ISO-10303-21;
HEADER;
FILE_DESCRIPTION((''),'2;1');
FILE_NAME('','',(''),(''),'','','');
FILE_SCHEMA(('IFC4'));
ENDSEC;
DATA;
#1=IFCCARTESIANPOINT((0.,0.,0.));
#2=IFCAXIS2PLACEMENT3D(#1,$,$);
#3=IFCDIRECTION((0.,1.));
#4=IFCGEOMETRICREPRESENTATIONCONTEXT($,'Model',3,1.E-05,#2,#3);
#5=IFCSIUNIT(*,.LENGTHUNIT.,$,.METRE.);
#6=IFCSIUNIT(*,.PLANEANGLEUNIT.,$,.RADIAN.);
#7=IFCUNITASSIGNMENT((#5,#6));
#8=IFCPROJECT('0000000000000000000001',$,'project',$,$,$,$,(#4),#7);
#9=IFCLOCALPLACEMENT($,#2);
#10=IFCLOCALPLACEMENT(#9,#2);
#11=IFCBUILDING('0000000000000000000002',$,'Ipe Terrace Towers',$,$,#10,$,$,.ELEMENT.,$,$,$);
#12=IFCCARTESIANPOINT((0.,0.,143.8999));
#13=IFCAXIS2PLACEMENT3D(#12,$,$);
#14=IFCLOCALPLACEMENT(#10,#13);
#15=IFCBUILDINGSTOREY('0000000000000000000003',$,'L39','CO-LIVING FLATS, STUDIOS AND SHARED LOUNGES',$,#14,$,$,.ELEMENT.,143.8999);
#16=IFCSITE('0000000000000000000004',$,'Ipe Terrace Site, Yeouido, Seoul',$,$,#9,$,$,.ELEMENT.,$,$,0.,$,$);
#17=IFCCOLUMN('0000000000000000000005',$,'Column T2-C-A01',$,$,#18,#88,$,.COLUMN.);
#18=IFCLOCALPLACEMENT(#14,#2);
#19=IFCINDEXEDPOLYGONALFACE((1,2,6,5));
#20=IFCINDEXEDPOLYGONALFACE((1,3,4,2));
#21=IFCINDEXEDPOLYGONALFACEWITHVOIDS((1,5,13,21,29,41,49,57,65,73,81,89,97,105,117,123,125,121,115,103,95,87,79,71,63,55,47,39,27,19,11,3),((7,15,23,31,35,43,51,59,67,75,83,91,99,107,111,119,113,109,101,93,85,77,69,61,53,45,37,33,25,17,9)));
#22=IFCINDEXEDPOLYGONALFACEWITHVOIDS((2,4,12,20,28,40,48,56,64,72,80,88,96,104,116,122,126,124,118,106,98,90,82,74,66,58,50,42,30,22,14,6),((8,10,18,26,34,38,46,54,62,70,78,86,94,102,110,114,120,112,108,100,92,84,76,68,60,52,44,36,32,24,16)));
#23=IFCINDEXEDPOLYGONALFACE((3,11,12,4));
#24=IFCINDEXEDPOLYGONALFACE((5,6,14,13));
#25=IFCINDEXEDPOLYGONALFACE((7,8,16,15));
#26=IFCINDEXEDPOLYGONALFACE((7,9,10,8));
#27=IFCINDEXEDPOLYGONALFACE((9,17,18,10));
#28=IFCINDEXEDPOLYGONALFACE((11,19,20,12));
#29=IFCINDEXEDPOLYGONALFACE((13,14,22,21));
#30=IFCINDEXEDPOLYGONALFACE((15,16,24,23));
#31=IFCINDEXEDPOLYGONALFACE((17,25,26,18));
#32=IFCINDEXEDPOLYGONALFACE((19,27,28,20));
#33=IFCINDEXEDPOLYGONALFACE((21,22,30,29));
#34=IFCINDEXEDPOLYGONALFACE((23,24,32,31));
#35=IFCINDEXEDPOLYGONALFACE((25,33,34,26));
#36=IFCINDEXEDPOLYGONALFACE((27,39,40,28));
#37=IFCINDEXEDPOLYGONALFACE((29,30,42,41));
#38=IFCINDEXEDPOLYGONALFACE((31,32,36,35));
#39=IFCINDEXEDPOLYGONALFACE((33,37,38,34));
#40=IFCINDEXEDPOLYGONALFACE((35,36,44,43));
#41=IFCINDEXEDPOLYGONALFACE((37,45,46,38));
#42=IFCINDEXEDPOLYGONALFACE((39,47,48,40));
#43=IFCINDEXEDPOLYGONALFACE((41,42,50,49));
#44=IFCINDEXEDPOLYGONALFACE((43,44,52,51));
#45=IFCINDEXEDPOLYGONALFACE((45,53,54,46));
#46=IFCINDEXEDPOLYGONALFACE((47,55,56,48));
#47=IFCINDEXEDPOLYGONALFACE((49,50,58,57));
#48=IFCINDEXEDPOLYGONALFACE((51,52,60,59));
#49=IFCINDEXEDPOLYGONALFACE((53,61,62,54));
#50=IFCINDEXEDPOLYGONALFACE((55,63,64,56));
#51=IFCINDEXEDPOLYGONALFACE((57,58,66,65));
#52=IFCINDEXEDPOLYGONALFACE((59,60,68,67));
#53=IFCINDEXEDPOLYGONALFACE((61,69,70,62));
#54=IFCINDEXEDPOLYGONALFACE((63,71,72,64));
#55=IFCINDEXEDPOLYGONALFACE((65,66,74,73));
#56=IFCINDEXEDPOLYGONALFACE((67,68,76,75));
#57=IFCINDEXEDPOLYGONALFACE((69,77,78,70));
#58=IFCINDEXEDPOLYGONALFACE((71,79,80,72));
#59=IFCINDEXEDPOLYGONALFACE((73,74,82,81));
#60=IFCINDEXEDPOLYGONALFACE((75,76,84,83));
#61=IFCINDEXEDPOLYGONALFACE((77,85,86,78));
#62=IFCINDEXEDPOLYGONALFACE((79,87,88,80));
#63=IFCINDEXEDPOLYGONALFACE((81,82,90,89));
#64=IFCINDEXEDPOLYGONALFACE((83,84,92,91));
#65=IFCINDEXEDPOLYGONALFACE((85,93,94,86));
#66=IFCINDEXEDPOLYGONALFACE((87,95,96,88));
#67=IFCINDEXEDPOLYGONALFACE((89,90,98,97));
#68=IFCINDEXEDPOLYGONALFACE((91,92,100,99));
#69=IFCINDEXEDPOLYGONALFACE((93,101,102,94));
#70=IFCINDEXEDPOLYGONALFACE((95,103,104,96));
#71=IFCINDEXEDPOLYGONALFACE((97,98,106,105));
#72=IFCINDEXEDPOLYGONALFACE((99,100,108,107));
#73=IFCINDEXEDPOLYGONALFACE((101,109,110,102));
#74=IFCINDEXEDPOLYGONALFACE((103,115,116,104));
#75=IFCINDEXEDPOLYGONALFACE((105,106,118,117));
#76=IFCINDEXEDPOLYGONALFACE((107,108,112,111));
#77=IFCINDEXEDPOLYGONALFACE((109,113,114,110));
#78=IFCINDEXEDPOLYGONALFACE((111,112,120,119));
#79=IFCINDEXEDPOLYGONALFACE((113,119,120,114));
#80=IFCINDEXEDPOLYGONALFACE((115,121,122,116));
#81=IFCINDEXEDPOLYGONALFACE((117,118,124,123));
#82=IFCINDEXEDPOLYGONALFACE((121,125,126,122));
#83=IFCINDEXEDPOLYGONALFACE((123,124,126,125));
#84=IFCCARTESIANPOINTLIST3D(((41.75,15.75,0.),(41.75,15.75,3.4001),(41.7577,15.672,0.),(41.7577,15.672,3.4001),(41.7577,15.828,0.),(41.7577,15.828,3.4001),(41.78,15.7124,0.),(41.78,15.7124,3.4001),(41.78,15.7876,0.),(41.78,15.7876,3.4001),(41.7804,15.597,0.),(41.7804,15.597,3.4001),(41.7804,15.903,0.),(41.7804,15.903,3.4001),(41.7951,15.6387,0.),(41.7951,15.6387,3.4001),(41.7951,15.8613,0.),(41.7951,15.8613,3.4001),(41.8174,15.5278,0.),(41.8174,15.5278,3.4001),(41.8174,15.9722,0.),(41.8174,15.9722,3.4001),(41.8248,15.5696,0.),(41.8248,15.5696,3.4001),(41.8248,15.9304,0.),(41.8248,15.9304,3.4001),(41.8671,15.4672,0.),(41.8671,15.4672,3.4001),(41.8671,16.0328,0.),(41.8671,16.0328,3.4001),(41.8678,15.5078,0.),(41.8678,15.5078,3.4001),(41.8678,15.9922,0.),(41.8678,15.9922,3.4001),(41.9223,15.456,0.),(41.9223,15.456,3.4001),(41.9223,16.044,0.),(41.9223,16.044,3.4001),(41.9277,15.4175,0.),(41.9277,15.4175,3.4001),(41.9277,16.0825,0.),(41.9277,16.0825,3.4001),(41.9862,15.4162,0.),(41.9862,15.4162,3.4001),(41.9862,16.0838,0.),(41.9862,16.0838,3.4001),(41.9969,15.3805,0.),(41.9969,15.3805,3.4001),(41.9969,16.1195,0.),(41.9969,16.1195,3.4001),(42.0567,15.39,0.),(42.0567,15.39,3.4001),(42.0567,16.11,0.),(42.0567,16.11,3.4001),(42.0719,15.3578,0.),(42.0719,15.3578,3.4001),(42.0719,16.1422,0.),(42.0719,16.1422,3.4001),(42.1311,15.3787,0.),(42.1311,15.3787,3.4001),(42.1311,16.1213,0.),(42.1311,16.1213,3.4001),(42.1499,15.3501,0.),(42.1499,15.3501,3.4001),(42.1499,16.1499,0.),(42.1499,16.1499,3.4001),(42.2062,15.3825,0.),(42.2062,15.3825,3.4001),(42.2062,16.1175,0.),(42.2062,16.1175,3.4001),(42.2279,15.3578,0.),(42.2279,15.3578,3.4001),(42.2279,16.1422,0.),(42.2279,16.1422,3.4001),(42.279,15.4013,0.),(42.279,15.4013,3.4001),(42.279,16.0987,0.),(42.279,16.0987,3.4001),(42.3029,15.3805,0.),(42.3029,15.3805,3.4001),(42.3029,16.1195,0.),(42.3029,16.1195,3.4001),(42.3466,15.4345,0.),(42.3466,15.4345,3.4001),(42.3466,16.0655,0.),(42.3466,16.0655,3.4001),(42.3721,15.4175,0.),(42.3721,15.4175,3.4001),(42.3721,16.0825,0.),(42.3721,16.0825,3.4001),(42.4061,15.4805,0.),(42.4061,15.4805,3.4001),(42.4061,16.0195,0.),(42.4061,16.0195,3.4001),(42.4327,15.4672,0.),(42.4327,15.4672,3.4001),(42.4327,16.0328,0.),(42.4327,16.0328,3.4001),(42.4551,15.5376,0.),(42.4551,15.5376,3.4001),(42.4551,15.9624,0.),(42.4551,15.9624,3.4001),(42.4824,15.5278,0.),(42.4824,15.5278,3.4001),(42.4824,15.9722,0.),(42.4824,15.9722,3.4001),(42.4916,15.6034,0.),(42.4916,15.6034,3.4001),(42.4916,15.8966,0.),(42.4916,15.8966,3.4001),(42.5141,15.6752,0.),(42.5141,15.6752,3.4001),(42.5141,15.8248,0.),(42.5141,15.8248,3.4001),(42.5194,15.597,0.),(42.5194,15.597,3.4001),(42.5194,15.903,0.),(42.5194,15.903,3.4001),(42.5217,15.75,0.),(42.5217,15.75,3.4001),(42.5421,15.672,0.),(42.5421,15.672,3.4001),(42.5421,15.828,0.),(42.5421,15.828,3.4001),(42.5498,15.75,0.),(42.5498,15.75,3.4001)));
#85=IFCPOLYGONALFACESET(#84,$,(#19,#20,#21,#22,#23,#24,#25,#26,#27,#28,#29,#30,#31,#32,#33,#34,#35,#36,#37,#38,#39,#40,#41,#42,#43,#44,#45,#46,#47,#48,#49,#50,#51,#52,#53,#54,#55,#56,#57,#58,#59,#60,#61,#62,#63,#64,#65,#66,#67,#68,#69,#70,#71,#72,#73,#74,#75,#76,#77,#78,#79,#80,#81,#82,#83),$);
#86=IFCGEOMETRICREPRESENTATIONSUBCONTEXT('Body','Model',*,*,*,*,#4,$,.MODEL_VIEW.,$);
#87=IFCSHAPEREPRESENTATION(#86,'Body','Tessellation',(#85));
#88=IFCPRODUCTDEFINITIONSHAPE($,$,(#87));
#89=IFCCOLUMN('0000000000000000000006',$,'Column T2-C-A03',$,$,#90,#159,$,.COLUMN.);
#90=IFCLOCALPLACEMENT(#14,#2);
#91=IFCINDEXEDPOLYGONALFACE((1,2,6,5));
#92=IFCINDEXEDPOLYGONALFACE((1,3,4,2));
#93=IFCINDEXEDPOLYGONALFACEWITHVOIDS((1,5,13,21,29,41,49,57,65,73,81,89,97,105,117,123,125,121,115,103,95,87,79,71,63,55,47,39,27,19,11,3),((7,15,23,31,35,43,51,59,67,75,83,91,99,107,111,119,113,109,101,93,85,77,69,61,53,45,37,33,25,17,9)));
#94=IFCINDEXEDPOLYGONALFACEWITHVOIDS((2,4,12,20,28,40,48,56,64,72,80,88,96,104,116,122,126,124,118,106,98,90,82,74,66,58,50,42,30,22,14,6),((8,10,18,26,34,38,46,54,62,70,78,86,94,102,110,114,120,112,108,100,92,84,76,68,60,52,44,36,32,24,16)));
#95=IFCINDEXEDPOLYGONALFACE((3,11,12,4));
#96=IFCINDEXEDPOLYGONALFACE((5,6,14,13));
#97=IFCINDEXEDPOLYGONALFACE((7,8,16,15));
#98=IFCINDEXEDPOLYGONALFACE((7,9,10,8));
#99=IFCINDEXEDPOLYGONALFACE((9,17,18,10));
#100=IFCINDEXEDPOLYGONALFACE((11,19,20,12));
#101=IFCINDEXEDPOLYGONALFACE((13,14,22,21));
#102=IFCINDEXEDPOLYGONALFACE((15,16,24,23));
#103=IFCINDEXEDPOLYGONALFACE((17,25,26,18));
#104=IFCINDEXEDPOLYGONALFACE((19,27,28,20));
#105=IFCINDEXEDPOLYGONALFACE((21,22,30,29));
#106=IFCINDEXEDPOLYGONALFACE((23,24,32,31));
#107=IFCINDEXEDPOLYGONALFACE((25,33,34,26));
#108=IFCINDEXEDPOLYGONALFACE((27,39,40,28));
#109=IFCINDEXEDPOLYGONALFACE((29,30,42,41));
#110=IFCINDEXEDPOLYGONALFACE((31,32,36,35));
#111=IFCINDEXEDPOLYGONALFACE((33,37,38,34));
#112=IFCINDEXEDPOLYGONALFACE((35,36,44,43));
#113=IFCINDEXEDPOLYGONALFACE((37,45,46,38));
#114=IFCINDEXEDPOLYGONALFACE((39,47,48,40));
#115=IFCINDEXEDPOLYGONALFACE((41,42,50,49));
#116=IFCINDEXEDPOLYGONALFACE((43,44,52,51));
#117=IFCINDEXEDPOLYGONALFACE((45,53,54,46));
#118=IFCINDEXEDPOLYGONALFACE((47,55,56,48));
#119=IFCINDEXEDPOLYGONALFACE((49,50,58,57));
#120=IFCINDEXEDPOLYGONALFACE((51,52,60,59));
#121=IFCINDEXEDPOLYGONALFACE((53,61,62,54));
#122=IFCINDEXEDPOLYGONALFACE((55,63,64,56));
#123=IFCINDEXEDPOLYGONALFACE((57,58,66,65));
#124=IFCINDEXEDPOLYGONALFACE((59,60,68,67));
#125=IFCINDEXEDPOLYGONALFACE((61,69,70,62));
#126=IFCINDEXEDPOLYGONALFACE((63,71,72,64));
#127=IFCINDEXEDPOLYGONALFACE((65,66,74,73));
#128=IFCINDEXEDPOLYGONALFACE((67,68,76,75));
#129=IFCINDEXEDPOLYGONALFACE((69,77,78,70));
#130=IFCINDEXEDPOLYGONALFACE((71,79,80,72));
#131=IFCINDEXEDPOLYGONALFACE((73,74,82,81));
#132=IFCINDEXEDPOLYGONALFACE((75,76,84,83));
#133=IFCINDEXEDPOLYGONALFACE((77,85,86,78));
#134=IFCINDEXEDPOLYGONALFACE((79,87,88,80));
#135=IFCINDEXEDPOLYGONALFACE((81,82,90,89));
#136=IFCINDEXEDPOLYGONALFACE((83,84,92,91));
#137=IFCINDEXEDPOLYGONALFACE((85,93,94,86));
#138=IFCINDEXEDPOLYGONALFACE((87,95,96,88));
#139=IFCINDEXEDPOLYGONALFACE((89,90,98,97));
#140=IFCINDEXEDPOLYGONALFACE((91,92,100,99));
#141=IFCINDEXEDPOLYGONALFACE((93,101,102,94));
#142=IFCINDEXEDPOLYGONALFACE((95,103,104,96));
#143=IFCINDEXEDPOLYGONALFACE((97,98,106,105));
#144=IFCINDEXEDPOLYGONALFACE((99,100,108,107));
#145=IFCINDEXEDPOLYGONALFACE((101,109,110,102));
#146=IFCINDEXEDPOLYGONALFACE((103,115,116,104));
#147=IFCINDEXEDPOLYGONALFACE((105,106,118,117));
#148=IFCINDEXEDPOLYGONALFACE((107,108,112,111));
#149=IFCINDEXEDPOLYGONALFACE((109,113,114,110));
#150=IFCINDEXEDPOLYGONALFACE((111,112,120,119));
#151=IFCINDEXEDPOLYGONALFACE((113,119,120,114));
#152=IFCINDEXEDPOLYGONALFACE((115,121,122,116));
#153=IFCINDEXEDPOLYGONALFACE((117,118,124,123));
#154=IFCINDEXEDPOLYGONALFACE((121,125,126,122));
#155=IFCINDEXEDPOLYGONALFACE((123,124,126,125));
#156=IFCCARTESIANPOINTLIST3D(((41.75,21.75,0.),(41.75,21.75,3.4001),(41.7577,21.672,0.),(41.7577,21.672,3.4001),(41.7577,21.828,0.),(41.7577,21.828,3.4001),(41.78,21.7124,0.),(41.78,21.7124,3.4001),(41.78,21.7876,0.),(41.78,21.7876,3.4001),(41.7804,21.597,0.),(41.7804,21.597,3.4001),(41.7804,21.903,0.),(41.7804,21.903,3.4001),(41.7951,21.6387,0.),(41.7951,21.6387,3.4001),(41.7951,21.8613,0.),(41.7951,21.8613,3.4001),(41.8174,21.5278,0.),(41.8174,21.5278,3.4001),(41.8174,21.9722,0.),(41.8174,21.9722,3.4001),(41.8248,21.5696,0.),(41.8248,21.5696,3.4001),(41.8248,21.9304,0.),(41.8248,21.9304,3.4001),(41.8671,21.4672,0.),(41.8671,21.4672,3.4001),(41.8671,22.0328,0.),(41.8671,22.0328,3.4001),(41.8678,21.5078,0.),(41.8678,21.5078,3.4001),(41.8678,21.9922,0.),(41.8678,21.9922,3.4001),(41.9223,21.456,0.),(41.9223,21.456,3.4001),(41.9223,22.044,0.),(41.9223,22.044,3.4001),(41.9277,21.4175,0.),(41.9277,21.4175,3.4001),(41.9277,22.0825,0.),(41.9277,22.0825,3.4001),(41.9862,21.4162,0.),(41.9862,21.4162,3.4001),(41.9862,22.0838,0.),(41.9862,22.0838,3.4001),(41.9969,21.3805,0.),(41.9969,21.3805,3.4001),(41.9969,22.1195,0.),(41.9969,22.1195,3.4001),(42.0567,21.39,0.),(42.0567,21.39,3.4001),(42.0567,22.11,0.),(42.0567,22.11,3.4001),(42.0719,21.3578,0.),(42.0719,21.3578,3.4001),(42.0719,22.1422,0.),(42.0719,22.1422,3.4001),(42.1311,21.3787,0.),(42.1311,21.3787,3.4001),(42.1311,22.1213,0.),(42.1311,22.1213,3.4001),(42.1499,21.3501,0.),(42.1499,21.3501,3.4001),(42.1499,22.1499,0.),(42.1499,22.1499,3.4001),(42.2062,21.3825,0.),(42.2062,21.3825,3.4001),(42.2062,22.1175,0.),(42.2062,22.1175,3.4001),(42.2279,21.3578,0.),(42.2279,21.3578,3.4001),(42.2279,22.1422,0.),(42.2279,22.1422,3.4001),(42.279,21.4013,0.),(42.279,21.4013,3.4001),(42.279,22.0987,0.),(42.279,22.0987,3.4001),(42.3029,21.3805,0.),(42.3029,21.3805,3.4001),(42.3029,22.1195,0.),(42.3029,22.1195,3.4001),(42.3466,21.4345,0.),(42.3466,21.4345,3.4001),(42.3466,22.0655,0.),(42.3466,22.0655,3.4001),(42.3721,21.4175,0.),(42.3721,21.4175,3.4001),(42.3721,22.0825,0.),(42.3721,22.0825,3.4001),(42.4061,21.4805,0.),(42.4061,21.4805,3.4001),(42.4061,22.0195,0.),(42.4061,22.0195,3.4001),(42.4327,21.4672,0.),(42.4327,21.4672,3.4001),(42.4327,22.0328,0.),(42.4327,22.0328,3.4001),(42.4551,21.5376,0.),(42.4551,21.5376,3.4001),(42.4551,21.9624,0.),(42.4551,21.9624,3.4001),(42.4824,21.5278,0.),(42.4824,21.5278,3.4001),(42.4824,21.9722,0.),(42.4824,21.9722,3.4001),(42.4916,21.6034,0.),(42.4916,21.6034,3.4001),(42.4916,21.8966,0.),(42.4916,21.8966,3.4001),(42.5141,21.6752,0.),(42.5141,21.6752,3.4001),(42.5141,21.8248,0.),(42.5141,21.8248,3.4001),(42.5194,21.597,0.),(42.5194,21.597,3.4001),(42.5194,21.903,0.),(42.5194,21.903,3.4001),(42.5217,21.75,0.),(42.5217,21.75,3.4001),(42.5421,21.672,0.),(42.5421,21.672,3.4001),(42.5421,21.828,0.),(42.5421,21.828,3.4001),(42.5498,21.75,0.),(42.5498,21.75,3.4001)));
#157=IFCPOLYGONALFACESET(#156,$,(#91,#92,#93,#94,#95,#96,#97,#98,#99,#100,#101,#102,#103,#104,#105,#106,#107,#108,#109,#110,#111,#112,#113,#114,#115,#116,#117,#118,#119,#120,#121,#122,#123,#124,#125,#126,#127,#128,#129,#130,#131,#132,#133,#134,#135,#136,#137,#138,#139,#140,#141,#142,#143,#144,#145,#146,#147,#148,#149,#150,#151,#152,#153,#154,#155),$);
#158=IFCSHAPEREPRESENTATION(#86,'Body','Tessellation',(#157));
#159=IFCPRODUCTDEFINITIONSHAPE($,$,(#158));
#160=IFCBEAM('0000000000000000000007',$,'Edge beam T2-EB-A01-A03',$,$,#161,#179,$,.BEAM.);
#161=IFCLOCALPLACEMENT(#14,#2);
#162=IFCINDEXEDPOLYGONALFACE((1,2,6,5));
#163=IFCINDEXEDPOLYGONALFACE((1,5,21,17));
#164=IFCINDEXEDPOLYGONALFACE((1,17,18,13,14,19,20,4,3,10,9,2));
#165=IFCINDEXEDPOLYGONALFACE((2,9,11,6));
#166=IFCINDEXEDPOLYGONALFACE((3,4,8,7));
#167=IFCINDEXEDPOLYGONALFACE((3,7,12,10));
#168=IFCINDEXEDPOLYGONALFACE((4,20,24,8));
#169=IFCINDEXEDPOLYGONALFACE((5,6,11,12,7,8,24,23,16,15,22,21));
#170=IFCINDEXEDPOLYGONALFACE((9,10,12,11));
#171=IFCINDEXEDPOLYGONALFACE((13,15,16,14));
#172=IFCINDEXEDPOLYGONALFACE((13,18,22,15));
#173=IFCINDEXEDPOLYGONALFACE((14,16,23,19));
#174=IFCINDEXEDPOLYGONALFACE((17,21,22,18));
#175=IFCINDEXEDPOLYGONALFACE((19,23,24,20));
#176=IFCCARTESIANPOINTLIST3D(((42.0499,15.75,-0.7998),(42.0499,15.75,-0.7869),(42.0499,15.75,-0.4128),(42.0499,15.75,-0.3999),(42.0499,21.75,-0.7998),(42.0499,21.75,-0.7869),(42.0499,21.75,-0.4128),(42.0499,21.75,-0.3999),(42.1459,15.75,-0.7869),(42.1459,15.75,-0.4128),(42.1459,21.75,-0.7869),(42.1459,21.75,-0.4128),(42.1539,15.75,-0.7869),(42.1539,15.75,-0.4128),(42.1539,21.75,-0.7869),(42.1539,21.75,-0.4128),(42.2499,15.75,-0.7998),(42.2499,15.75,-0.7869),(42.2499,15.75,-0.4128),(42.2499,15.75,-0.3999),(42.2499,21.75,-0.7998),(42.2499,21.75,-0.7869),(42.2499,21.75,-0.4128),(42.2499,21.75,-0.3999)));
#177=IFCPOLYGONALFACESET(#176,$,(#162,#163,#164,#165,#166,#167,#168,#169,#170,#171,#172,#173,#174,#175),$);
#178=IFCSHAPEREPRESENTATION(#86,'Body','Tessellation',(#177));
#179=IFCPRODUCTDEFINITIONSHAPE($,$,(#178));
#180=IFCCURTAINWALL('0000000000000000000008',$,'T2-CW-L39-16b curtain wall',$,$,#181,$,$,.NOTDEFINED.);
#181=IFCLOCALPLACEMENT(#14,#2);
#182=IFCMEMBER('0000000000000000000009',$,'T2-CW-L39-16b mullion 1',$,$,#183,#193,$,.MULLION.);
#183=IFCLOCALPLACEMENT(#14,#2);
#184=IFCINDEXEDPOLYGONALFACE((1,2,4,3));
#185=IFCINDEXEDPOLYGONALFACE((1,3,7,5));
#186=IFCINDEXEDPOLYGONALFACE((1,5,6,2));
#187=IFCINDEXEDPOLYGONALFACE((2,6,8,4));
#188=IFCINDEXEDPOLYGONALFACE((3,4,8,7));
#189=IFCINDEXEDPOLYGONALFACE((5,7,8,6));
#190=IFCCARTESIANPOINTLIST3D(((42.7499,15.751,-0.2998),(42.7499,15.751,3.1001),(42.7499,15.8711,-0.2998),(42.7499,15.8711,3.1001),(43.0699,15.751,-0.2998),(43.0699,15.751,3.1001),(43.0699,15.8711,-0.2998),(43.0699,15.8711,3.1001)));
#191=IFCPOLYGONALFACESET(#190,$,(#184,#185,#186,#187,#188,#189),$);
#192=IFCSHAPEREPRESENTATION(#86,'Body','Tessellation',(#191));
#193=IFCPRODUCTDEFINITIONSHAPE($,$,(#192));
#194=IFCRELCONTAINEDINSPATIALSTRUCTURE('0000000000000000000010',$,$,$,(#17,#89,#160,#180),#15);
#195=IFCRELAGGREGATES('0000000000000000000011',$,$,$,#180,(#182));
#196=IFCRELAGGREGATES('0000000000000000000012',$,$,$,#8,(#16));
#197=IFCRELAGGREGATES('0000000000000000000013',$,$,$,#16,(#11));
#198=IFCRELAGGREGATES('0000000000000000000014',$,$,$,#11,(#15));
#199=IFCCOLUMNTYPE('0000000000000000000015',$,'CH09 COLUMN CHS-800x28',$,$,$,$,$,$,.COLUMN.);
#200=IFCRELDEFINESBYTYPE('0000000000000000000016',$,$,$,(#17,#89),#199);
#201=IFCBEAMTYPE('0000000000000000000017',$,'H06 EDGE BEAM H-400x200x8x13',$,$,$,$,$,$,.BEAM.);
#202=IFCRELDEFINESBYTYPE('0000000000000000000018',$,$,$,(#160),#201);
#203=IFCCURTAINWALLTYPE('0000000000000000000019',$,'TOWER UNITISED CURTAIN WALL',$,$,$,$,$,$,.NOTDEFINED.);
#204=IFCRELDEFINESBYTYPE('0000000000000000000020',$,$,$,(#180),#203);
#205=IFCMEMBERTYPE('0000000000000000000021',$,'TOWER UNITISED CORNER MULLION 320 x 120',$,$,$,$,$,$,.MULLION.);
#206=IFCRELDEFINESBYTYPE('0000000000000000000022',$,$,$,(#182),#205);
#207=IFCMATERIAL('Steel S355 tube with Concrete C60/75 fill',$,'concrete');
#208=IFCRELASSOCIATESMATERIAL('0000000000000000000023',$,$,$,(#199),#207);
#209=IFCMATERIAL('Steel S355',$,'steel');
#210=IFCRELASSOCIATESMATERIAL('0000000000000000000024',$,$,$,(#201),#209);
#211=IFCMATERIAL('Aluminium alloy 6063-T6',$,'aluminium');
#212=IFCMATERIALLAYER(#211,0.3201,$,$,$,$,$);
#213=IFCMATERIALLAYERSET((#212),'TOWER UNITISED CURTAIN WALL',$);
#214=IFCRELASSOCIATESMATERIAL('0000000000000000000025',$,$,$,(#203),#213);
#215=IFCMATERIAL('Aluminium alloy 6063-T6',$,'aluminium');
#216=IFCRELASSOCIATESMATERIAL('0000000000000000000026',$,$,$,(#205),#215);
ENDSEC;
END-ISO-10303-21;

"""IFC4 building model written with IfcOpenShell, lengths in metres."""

from ifc_helpers import new_model, si_unit, direction, frame, origin, origin_2d, place, context, subcontext, project, spatial, rectangle, hollow_circle, i_section, extrude, material, layer, layer_set, material_profile, profile_set, type_object, element, aggregate, save


model = new_model("IFC4")

# Units and contexts
model_context = context("Model", 3, precision=1e-05, world=origin(), true_north=direction((0.0, 1.0)))
body_context = subcontext(model_context, "Body", "Model", "MODEL_VIEW")
ifc_project = project(units=[si_unit("LENGTHUNIT", "METRE"), si_unit("PLANEANGLEUNIT", "RADIAN")], contexts=[model_context])

# Site, building, storey
site_placement = place(None, origin())
site = spatial("IfcSite", under=ifc_project, at=site_placement, Name="Ipe Terrace Site, Yeouido, Seoul", CompositionType="ELEMENT", RefElevation=0.0)
building_placement = place(site_placement, origin())
building = spatial("IfcBuilding", under=site, at=building_placement, Name="Ipe Terrace Towers", CompositionType="ELEMENT")
storey_placement = place(building_placement, frame((0.0, 0.0, 143.8999)))
storey = spatial("IfcBuildingStorey", under=building, at=storey_placement, Name="L39", Description="CO-LIVING FLATS, STUDIOS AND SHARED LOUNGES", CompositionType="ELEMENT", Elevation=143.8999)

# Columns
ifc_material_1 = material(Name="Steel S355 tube with Concrete C60/75 fill", Category="concrete")
ifc_material_profile_1 = material_profile(ifc_material_1, hollow_circle(Radius=0.3999, WallThickness=0.0281, at=origin_2d()), Name="CHS-800x28")
ifc_profile_set_1 = profile_set([ifc_material_profile_1], Name="Steel S355 tube with Concrete C60/75 fill")
column_type = type_object("IfcColumnType", Name="CH09 COLUMN CHS-800x28", PredefinedType="COLUMN", material=ifc_profile_set_1)
for number, where, z_axis, x_axis, name in (
    (1, (42.1499, 15.75, 0.0), (0.0, 0.0, 1.0), (1.0, 0.0, 0.0), "Column T2-C-A01"),
    (2, (42.1499, 21.75, 0.0), (0.0, 0.0, 1.0), (1.0, 0.0, 0.0), "Column T2-C-A03"),
):
    element("IfcColumn", number, at=place(storey_placement, frame(where, z_axis=z_axis, x_axis=x_axis)), inside=storey, type_object=column_type, Name=name, PredefinedType="COLUMN", context=body_context, shape_type="SweptSolid", body=[
        extrude(hollow_circle(Radius=0.3999, WallThickness=0.0281, at=origin_2d()), origin(), (0.0, 0.0, 1.0), 3.4001),
    ])

# Beam
ifc_material_2 = material(Name="Steel S355", Category="steel")
ifc_material_profile_2 = material_profile(ifc_material_2, i_section(OverallWidth=0.2, OverallDepth=0.3999, WebThickness=0.0081, FlangeThickness=0.0129, at=origin_2d()), Name="H-400x200x8x13")
ifc_profile_set_2 = profile_set([ifc_material_profile_2], Name="Steel S355")
beam_type = type_object("IfcBeamType", Name="H06 EDGE BEAM H-400x200x8x13", PredefinedType="BEAM", material=ifc_profile_set_2)
beam_placement = place(storey_placement, frame((42.1499, 15.75, -0.5999), z_axis=(0.0, 1.0, 0.0), x_axis=(-1.0, 0.0, 0.0)))
element("IfcBeam", 3, at=beam_placement, inside=storey, type_object=beam_type, Name="Edge beam T2-EB-A01-A03", PredefinedType="BEAM", context=body_context, shape_type="SweptSolid", body=[
    extrude(i_section(OverallWidth=0.2, OverallDepth=0.3999, WebThickness=0.0081, FlangeThickness=0.0129, at=origin_2d()), origin(), (0.0, 0.0, 1.0), 6.0),
])

# Curtain wall, member
ifc_material_3 = material(Name="Aluminium alloy 6063-T6", Category="aluminium")
ifc_layer_1 = layer(ifc_material_3, 0.3201)
ifc_layer_set_1 = layer_set([ifc_layer_1], Name="TOWER UNITISED CURTAIN WALL")
curtain_wall_type = type_object("IfcCurtainWallType", Name="TOWER UNITISED CURTAIN WALL", PredefinedType="NOTDEFINED", material=ifc_layer_set_1)
curtain_wall_placement = place(storey_placement, origin())
curtain_wall = element("IfcCurtainWall", 4, at=curtain_wall_placement, inside=storey, type_object=curtain_wall_type, Name="T2-CW-L39-16b curtain wall", PredefinedType="NOTDEFINED")
ifc_material_4 = material(Name="Aluminium alloy 6063-T6", Category="aluminium")
ifc_material_profile_3 = material_profile(ifc_material_4, rectangle(XDim=0.3201, YDim=0.1201, at=origin_2d()), Name="TOWER UNITISED CORNER MULLION 320 x 120")
ifc_profile_set_3 = profile_set([ifc_material_profile_3], Name="Aluminium alloy 6063-T6")
member_type = type_object("IfcMemberType", Name="TOWER UNITISED CORNER MULLION 320 x 120", PredefinedType="MULLION", material=ifc_profile_set_3)
member_1_placement = place(storey_placement, frame((42.9099, 15.811, -0.2998), z_axis=(0.0, 0.0, 1.0), x_axis=(1.0, 0.0, 0.0)))
member_1 = element("IfcMember", 5, at=member_1_placement, type_object=member_type, Name="T2-CW-L39-16b mullion 1", PredefinedType="MULLION", context=body_context, shape_type="SweptSolid", body=[
    extrude(rectangle(XDim=0.3201, YDim=0.1201, at=origin_2d()), origin(), (0.0, 0.0, 1.0), 3.3999),
])
aggregate(curtain_wall, [member_1])

save(model, "model.ifc")
